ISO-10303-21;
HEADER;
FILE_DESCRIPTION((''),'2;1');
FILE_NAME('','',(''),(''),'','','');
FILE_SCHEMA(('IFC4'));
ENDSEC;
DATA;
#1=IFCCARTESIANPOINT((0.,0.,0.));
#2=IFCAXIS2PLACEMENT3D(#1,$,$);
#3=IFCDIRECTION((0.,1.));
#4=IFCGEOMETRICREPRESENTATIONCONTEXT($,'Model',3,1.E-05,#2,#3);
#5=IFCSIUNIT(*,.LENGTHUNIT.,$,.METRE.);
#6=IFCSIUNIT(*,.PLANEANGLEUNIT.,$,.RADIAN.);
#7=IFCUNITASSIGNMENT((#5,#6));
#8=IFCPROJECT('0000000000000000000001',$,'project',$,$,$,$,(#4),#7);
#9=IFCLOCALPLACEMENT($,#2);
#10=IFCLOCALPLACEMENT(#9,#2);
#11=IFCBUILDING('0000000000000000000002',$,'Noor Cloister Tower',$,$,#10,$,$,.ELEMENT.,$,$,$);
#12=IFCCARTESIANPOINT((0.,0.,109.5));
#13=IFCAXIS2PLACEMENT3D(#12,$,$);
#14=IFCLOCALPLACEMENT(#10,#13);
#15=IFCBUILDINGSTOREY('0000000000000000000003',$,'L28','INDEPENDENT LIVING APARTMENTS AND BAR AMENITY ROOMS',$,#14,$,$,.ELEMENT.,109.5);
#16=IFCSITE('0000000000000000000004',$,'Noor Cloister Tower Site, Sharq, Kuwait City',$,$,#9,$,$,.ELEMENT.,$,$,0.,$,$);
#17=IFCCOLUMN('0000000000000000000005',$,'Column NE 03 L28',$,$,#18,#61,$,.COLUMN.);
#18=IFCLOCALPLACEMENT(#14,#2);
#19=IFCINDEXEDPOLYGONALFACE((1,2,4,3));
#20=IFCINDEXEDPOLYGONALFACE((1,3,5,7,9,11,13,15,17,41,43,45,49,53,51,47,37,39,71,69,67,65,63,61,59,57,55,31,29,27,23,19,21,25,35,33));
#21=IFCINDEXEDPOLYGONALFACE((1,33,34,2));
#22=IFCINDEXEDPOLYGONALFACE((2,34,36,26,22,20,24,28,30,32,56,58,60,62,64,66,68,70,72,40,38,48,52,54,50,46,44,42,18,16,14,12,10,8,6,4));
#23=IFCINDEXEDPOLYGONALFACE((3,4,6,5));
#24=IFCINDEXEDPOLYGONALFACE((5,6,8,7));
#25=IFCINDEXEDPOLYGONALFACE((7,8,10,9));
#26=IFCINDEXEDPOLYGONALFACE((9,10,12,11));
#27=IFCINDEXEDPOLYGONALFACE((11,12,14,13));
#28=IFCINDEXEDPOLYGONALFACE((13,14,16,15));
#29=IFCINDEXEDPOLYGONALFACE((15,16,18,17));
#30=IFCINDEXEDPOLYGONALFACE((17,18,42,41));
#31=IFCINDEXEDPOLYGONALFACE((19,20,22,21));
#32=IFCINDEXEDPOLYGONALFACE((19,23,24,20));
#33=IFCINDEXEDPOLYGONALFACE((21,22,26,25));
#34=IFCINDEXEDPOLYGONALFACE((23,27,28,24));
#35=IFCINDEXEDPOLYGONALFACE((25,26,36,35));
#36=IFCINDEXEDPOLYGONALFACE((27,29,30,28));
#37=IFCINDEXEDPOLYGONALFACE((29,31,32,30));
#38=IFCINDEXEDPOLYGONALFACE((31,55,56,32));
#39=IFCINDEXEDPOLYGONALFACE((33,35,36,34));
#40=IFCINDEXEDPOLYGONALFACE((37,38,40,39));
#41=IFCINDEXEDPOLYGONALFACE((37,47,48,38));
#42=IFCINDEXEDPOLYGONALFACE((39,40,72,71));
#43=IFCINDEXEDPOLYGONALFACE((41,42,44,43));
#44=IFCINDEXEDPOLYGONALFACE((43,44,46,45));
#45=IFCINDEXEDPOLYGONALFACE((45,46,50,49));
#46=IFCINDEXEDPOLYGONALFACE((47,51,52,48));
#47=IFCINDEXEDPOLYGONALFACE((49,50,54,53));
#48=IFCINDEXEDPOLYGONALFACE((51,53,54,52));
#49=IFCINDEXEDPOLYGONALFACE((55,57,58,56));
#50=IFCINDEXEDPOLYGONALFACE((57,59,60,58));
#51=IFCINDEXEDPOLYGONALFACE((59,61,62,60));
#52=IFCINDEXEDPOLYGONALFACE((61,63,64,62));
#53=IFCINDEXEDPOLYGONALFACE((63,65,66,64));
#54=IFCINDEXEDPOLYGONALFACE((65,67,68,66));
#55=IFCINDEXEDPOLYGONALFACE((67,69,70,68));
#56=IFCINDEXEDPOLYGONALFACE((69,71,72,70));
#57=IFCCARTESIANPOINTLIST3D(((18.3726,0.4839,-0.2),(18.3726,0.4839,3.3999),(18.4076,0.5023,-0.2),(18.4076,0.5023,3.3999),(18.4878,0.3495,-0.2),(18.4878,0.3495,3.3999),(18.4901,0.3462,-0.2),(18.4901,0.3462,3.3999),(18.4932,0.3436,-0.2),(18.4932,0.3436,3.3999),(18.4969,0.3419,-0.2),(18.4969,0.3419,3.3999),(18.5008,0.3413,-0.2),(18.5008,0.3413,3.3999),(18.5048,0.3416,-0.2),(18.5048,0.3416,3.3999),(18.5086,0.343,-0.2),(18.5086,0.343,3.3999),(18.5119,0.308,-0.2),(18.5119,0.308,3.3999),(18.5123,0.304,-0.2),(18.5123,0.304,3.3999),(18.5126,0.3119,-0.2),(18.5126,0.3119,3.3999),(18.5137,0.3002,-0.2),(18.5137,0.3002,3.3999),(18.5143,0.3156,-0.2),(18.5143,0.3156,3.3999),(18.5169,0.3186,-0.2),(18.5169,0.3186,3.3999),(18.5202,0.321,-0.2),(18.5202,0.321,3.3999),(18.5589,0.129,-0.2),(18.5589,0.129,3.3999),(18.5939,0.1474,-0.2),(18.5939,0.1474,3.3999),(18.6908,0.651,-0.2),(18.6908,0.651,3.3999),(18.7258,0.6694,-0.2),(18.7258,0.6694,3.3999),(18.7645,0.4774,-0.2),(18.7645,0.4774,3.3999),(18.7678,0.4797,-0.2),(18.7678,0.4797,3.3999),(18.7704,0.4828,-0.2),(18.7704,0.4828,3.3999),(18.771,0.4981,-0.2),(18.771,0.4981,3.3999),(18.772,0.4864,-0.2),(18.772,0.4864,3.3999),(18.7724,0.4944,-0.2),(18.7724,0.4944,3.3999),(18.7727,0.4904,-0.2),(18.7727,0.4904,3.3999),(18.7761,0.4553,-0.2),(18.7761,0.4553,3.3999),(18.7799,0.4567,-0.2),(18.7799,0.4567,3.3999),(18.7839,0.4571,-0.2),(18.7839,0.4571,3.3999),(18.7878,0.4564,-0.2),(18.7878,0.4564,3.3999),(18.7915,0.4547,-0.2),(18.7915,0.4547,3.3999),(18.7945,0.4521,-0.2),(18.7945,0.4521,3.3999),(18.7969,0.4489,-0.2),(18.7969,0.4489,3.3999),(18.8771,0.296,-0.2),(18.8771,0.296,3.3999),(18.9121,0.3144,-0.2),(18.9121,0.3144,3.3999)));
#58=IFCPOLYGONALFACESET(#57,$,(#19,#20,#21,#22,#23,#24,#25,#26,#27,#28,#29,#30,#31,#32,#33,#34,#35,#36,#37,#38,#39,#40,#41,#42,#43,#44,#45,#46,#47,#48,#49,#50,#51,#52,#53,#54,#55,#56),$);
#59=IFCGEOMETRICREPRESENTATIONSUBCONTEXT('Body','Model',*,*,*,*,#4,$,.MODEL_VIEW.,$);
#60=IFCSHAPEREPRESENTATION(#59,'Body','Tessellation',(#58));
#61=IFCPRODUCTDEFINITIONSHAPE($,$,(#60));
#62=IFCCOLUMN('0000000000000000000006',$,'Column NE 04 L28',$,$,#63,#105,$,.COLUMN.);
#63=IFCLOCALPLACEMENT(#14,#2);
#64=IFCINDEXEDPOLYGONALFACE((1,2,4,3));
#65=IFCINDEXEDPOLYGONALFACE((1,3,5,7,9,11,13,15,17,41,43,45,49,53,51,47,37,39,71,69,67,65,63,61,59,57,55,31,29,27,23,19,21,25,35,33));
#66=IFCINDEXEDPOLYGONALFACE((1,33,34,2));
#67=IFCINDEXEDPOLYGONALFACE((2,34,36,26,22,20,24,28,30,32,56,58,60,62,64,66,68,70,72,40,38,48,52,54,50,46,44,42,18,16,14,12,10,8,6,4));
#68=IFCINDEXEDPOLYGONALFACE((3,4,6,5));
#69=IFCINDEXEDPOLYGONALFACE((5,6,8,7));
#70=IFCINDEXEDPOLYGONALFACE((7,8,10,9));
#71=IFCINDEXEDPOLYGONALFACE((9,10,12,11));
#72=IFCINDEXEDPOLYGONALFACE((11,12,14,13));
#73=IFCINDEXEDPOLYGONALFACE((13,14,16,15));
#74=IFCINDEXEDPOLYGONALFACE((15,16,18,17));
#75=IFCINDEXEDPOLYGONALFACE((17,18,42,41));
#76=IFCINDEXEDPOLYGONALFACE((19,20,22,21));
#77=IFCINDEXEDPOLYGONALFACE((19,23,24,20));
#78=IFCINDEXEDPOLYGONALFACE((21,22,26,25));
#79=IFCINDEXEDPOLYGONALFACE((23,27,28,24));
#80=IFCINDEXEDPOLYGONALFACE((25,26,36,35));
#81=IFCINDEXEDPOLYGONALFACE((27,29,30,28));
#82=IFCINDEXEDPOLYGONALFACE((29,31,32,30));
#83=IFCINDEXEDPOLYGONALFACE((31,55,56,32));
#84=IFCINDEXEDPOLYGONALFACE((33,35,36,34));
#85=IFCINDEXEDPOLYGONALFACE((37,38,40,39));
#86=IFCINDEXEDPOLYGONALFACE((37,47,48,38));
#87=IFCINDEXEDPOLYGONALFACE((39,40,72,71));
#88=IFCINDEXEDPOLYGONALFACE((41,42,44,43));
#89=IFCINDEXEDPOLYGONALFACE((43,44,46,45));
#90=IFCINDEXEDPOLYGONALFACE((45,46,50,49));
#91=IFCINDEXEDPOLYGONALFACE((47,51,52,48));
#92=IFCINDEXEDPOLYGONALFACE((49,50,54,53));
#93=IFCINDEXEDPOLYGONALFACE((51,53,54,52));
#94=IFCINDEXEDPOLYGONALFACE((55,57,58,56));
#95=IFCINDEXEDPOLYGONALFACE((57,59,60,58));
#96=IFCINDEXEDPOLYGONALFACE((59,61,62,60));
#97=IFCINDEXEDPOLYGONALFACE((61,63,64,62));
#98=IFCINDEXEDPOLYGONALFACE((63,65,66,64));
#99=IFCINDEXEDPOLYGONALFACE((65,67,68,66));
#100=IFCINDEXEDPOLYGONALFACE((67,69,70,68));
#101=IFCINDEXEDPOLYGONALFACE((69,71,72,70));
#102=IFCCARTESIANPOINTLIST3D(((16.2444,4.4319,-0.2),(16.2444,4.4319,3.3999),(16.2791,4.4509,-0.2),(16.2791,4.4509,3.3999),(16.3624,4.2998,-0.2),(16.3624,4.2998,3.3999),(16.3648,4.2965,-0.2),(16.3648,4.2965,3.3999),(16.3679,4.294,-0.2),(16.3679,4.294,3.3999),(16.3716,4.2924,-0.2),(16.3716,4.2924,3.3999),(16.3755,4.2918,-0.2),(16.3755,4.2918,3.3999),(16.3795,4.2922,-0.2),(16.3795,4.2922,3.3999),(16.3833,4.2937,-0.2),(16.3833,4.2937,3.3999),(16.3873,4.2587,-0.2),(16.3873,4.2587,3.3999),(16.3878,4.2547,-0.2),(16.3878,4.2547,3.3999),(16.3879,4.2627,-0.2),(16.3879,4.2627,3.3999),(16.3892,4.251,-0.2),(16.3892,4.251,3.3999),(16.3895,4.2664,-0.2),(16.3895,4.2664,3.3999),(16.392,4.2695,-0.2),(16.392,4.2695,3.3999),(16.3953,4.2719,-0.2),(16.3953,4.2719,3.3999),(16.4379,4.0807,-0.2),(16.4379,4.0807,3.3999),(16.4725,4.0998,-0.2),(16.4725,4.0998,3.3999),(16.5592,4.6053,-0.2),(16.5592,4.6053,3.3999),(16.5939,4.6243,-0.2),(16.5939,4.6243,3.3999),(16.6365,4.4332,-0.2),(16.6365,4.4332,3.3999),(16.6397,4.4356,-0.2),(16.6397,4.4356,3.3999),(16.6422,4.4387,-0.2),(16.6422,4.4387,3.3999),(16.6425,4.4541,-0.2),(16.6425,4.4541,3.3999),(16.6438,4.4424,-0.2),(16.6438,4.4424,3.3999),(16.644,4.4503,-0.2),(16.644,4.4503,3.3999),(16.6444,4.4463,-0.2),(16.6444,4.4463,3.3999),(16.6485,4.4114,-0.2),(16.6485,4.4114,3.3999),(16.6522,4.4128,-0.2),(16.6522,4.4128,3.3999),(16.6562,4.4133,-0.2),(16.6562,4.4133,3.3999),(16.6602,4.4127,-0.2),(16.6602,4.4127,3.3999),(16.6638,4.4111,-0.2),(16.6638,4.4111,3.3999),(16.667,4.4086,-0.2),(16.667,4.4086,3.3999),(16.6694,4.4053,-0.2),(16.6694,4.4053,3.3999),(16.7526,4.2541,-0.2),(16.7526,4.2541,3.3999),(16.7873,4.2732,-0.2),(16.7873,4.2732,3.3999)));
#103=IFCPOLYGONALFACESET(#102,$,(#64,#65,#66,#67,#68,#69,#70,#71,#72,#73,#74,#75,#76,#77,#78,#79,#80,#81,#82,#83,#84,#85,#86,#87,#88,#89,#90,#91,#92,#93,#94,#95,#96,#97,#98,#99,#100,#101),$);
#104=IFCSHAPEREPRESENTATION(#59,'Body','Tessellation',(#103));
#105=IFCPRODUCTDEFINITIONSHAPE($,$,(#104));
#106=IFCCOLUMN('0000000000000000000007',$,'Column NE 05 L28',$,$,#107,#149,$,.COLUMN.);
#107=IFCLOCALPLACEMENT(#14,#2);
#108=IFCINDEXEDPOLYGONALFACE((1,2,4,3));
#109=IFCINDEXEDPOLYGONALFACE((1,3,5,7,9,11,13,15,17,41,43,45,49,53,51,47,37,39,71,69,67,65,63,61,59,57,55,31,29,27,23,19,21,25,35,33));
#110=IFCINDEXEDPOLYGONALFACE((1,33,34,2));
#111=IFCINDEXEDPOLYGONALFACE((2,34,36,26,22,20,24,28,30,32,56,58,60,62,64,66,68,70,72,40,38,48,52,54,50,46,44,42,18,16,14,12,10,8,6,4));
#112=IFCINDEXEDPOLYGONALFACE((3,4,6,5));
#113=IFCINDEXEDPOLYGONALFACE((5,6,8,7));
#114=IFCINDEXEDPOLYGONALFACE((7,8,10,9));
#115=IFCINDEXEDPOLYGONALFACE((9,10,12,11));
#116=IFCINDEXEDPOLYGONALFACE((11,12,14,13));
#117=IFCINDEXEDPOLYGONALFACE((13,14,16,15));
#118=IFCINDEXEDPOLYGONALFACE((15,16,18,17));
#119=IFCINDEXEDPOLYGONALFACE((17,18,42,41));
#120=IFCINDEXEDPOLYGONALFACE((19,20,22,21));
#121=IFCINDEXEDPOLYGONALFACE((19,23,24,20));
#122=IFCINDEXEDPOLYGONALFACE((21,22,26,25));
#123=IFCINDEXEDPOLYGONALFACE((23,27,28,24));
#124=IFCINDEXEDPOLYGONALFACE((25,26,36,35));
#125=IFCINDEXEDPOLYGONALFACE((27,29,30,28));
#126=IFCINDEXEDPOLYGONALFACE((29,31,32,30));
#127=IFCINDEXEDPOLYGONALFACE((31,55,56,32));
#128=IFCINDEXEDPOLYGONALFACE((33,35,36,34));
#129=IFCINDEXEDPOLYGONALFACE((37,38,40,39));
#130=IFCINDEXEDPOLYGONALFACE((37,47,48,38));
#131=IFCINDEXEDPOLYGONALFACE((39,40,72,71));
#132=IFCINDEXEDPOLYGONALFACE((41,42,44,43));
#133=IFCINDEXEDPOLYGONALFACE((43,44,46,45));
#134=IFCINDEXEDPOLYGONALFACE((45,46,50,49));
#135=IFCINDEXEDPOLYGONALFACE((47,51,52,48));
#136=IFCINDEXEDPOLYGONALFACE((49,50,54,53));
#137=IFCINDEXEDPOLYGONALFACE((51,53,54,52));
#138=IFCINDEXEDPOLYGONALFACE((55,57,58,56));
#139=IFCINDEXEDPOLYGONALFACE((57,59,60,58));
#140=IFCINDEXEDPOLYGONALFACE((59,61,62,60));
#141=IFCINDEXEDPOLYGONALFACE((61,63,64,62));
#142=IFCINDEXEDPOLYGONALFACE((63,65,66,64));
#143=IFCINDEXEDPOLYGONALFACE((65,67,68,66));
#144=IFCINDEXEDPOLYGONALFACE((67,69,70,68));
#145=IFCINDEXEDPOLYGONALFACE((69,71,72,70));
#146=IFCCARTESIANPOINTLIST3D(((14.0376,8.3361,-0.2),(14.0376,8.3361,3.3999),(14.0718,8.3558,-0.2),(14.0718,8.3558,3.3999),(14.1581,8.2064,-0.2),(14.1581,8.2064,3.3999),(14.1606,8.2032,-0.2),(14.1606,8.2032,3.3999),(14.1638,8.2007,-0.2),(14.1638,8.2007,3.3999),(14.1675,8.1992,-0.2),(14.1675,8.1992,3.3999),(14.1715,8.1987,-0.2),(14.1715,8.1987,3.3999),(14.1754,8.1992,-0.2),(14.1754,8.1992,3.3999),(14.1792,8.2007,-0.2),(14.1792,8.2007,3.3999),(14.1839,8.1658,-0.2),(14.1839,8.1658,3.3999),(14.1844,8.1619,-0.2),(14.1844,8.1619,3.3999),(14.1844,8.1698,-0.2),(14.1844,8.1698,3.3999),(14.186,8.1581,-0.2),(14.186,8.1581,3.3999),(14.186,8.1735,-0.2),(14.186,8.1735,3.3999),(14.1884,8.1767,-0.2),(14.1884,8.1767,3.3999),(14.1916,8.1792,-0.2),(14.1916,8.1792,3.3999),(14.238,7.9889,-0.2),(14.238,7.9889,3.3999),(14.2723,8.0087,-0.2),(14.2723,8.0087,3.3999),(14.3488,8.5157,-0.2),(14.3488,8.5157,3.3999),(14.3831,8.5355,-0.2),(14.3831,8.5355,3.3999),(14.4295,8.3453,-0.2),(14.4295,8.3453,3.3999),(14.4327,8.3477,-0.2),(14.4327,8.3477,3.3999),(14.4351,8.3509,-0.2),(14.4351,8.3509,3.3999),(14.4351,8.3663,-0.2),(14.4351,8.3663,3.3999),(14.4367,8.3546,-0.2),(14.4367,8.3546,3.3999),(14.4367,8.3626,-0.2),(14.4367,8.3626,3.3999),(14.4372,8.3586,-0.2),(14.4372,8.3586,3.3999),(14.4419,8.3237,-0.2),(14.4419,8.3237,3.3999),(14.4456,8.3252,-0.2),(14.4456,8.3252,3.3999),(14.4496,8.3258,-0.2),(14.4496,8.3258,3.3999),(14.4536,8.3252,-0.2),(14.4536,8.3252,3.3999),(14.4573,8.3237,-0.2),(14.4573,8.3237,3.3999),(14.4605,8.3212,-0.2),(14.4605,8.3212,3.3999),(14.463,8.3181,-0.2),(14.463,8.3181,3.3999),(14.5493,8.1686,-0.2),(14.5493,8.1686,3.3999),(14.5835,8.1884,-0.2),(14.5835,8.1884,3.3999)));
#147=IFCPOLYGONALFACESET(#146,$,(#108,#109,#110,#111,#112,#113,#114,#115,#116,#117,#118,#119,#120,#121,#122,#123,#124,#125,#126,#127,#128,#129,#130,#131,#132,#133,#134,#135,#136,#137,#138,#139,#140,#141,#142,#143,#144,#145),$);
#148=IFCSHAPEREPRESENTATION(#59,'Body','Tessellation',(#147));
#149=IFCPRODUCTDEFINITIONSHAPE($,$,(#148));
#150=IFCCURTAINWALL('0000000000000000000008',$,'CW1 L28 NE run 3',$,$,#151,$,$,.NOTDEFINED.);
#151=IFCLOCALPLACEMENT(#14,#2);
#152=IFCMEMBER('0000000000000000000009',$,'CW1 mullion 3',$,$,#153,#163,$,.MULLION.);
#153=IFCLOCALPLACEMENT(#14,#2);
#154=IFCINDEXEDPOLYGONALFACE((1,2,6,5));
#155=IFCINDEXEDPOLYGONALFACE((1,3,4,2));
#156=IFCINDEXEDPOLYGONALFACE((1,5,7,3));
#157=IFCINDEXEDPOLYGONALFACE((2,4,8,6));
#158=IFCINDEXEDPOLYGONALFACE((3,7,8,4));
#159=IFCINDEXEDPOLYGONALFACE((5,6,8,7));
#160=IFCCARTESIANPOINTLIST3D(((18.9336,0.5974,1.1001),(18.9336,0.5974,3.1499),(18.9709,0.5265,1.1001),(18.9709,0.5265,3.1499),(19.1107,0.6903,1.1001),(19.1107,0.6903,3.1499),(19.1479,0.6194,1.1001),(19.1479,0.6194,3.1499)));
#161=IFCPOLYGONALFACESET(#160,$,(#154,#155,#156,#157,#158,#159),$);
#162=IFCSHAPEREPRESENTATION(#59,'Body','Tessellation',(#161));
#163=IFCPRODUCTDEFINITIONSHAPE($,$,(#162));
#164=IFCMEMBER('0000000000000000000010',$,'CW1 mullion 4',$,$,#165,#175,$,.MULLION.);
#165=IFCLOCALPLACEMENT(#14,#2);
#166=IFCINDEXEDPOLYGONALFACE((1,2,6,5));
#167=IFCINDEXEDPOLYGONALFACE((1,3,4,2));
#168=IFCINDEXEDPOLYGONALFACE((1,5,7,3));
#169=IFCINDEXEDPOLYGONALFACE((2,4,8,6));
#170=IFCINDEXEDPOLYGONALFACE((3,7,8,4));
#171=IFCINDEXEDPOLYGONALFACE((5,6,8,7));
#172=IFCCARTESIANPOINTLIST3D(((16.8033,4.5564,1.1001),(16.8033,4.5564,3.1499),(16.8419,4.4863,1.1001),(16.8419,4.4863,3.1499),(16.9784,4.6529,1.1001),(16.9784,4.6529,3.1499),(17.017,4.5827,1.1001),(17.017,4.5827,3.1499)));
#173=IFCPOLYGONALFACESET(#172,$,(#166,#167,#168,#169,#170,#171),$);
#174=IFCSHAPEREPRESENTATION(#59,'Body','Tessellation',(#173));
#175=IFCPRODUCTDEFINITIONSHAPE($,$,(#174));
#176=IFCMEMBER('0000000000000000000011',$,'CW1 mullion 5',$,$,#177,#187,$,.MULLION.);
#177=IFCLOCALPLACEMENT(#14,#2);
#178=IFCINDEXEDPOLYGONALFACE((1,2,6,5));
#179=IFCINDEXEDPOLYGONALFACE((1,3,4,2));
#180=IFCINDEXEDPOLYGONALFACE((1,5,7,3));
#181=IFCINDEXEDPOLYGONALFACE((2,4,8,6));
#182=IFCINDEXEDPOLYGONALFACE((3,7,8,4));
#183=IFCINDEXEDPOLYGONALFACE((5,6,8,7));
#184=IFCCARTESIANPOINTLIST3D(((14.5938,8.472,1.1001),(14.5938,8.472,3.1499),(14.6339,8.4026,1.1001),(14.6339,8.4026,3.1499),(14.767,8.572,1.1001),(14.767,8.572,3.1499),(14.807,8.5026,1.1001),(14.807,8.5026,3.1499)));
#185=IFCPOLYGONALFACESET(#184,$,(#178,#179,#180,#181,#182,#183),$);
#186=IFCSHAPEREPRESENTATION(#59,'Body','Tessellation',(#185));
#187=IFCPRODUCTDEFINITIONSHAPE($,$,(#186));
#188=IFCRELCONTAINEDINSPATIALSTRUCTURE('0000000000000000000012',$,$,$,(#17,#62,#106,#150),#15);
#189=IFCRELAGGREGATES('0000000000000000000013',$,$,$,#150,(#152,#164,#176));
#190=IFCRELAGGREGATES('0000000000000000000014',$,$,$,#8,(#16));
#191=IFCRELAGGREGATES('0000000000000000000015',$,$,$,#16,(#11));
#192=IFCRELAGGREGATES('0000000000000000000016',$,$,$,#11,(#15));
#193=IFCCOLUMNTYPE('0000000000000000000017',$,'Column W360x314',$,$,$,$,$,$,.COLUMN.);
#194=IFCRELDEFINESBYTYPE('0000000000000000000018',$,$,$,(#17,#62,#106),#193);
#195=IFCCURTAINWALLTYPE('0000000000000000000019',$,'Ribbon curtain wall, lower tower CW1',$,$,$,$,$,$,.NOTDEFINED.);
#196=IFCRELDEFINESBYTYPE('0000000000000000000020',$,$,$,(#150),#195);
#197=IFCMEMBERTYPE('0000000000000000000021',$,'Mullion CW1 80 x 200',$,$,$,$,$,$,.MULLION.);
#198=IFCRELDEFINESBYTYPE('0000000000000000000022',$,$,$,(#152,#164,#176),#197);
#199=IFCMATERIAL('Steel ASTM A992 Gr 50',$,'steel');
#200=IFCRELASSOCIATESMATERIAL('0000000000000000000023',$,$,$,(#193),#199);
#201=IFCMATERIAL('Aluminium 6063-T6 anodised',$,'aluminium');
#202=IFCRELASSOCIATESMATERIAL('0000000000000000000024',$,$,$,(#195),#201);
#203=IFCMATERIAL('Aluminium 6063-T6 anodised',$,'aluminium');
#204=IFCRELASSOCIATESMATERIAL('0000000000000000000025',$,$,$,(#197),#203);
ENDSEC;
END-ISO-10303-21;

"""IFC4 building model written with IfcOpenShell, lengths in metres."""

from ifc_helpers import new_model, si_unit, direction, frame, origin, origin_2d, place, context, subcontext, project, spatial, rectangle, i_section, extrude, material, material_profile, profile_set, type_object, element, aggregate, save


model = new_model("IFC4")

# Units and contexts
model_context = context("Model", 3, precision=1e-05, world=origin(), true_north=direction((0.0, 1.0)))
body_context = subcontext(model_context, "Body", "Model", "MODEL_VIEW")
ifc_project = project(units=[si_unit("LENGTHUNIT", "METRE"), si_unit("PLANEANGLEUNIT", "RADIAN")], contexts=[model_context])

# Site, building, storey
site_placement = place(None, origin())
site = spatial("IfcSite", under=ifc_project, at=site_placement, Name="Noor Cloister Tower Site, Sharq, Kuwait City", CompositionType="ELEMENT", RefElevation=0.0)
building_placement = place(site_placement, origin())
building = spatial("IfcBuilding", under=site, at=building_placement, Name="Noor Cloister Tower", CompositionType="ELEMENT")
storey_placement = place(building_placement, frame((0.0, 0.0, 109.5)))
storey = spatial("IfcBuildingStorey", under=building, at=storey_placement, Name="L28", Description="INDEPENDENT LIVING APARTMENTS AND BAR AMENITY ROOMS", CompositionType="ELEMENT", Elevation=109.5)

# Columns
ifc_material_1 = material(Name="Steel ASTM A992 Gr 50", Category="steel")
ifc_material_profile_1 = material_profile(ifc_material_1, i_section(OverallWidth=0.4009, OverallDepth=0.3989, WebThickness=0.0249, FlangeThickness=0.0396, FilletRadius=0.0154, at=origin_2d()), Name="W360x314")
ifc_profile_set_1 = profile_set([ifc_material_profile_1], Name="Steel ASTM A992 Gr 50")
column_type = type_object("IfcColumnType", Name="Column W360x314", PredefinedType="COLUMN", material=ifc_profile_set_1)
for number, where, z_axis, x_axis, name in (
    (1, (18.6423, 0.3992, -0.2), (0.0, 0.0, 1.0), (-0.464829, 0.885401, 0.0), "Column NE 03 L28"),
    (2, (16.5159, 4.3525, -0.2), (0.0, 0.0, 1.0), (-0.482512, 0.87589, 0.0), "Column NE 04 L28"),
    (3, (14.3105, 8.2622, -0.2), (0.0, 0.0, 1.0), (-0.5, 0.866025, 0.0), "Column NE 05 L28"),
):
    element("IfcColumn", number, at=place(storey_placement, frame(where, z_axis=z_axis, x_axis=x_axis)), inside=storey, type_object=column_type, Name=name, PredefinedType="COLUMN", context=body_context, shape_type="SweptSolid", body=[
        extrude(i_section(OverallWidth=0.4009, OverallDepth=0.3989, WebThickness=0.0249, FlangeThickness=0.0396, FilletRadius=0.0154, at=origin_2d()), origin(), (0.0, 0.0, 1.0), 3.5999),
    ])

# Curtain wall, members
ifc_material_2 = material(Name="Aluminium 6063-T6 anodised", Category="aluminium")
curtain_wall_type = type_object("IfcCurtainWallType", Name="Ribbon curtain wall, lower tower CW1", PredefinedType="NOTDEFINED", material=ifc_material_2)
curtain_wall_placement = place(storey_placement, origin())
curtain_wall = element("IfcCurtainWall", 4, at=curtain_wall_placement, inside=storey, type_object=curtain_wall_type, Name="CW1 L28 NE run 3", PredefinedType="NOTDEFINED")
ifc_material_3 = material(Name="Aluminium 6063-T6 anodised", Category="aluminium")
ifc_material_profile_2 = material_profile(ifc_material_3, rectangle(XDim=0.2, YDim=0.0801, at=origin_2d()), Name="200 x 80 mullion")
ifc_profile_set_2 = profile_set([ifc_material_profile_2], Name="Aluminium 6063-T6 anodised")
member_type = type_object("IfcMemberType", Name="Mullion CW1 80 x 200", PredefinedType="MULLION", material=ifc_profile_set_2)
member_1_placement = place(storey_placement, frame((19.0408, 0.6084, 1.1001), z_axis=(0.0, 0.0, 1.0), x_axis=(-0.885401, -0.464829, 0.0)))
member_1 = element("IfcMember", 5, at=member_1_placement, type_object=member_type, Name="CW1 mullion 3", PredefinedType="MULLION", context=body_context, shape_type="SweptSolid", body=[
    extrude(rectangle(XDim=0.2, YDim=0.0801, at=origin_2d()), origin(), (0.0, 0.0, 1.0), 2.0498),
])
member_2_placement = place(storey_placement, frame((16.9102, 4.5696, 1.1001), z_axis=(0.0, 0.0, 1.0), x_axis=(-0.87589, -0.482512, 0.0)))
member_2 = element("IfcMember", 6, at=member_2_placement, type_object=member_type, Name="CW1 mullion 4", PredefinedType="MULLION", context=body_context, shape_type="SweptSolid", body=[
    extrude(rectangle(XDim=0.2, YDim=0.0801, at=origin_2d()), origin(), (0.0, 0.0, 1.0), 2.0498),
])
member_3_placement = place(storey_placement, frame((14.7004, 8.4873, 1.1001), z_axis=(0.0, 0.0, 1.0), x_axis=(-0.866025, -0.5, 0.0)))
member_3 = element("IfcMember", 7, at=member_3_placement, type_object=member_type, Name="CW1 mullion 5", PredefinedType="MULLION", context=body_context, shape_type="SweptSolid", body=[
    extrude(rectangle(XDim=0.2, YDim=0.0801, at=origin_2d()), origin(), (0.0, 0.0, 1.0), 2.0498),
])

aggregate(curtain_wall, [member_1, member_2, member_3])

save(model, "model.ifc")
